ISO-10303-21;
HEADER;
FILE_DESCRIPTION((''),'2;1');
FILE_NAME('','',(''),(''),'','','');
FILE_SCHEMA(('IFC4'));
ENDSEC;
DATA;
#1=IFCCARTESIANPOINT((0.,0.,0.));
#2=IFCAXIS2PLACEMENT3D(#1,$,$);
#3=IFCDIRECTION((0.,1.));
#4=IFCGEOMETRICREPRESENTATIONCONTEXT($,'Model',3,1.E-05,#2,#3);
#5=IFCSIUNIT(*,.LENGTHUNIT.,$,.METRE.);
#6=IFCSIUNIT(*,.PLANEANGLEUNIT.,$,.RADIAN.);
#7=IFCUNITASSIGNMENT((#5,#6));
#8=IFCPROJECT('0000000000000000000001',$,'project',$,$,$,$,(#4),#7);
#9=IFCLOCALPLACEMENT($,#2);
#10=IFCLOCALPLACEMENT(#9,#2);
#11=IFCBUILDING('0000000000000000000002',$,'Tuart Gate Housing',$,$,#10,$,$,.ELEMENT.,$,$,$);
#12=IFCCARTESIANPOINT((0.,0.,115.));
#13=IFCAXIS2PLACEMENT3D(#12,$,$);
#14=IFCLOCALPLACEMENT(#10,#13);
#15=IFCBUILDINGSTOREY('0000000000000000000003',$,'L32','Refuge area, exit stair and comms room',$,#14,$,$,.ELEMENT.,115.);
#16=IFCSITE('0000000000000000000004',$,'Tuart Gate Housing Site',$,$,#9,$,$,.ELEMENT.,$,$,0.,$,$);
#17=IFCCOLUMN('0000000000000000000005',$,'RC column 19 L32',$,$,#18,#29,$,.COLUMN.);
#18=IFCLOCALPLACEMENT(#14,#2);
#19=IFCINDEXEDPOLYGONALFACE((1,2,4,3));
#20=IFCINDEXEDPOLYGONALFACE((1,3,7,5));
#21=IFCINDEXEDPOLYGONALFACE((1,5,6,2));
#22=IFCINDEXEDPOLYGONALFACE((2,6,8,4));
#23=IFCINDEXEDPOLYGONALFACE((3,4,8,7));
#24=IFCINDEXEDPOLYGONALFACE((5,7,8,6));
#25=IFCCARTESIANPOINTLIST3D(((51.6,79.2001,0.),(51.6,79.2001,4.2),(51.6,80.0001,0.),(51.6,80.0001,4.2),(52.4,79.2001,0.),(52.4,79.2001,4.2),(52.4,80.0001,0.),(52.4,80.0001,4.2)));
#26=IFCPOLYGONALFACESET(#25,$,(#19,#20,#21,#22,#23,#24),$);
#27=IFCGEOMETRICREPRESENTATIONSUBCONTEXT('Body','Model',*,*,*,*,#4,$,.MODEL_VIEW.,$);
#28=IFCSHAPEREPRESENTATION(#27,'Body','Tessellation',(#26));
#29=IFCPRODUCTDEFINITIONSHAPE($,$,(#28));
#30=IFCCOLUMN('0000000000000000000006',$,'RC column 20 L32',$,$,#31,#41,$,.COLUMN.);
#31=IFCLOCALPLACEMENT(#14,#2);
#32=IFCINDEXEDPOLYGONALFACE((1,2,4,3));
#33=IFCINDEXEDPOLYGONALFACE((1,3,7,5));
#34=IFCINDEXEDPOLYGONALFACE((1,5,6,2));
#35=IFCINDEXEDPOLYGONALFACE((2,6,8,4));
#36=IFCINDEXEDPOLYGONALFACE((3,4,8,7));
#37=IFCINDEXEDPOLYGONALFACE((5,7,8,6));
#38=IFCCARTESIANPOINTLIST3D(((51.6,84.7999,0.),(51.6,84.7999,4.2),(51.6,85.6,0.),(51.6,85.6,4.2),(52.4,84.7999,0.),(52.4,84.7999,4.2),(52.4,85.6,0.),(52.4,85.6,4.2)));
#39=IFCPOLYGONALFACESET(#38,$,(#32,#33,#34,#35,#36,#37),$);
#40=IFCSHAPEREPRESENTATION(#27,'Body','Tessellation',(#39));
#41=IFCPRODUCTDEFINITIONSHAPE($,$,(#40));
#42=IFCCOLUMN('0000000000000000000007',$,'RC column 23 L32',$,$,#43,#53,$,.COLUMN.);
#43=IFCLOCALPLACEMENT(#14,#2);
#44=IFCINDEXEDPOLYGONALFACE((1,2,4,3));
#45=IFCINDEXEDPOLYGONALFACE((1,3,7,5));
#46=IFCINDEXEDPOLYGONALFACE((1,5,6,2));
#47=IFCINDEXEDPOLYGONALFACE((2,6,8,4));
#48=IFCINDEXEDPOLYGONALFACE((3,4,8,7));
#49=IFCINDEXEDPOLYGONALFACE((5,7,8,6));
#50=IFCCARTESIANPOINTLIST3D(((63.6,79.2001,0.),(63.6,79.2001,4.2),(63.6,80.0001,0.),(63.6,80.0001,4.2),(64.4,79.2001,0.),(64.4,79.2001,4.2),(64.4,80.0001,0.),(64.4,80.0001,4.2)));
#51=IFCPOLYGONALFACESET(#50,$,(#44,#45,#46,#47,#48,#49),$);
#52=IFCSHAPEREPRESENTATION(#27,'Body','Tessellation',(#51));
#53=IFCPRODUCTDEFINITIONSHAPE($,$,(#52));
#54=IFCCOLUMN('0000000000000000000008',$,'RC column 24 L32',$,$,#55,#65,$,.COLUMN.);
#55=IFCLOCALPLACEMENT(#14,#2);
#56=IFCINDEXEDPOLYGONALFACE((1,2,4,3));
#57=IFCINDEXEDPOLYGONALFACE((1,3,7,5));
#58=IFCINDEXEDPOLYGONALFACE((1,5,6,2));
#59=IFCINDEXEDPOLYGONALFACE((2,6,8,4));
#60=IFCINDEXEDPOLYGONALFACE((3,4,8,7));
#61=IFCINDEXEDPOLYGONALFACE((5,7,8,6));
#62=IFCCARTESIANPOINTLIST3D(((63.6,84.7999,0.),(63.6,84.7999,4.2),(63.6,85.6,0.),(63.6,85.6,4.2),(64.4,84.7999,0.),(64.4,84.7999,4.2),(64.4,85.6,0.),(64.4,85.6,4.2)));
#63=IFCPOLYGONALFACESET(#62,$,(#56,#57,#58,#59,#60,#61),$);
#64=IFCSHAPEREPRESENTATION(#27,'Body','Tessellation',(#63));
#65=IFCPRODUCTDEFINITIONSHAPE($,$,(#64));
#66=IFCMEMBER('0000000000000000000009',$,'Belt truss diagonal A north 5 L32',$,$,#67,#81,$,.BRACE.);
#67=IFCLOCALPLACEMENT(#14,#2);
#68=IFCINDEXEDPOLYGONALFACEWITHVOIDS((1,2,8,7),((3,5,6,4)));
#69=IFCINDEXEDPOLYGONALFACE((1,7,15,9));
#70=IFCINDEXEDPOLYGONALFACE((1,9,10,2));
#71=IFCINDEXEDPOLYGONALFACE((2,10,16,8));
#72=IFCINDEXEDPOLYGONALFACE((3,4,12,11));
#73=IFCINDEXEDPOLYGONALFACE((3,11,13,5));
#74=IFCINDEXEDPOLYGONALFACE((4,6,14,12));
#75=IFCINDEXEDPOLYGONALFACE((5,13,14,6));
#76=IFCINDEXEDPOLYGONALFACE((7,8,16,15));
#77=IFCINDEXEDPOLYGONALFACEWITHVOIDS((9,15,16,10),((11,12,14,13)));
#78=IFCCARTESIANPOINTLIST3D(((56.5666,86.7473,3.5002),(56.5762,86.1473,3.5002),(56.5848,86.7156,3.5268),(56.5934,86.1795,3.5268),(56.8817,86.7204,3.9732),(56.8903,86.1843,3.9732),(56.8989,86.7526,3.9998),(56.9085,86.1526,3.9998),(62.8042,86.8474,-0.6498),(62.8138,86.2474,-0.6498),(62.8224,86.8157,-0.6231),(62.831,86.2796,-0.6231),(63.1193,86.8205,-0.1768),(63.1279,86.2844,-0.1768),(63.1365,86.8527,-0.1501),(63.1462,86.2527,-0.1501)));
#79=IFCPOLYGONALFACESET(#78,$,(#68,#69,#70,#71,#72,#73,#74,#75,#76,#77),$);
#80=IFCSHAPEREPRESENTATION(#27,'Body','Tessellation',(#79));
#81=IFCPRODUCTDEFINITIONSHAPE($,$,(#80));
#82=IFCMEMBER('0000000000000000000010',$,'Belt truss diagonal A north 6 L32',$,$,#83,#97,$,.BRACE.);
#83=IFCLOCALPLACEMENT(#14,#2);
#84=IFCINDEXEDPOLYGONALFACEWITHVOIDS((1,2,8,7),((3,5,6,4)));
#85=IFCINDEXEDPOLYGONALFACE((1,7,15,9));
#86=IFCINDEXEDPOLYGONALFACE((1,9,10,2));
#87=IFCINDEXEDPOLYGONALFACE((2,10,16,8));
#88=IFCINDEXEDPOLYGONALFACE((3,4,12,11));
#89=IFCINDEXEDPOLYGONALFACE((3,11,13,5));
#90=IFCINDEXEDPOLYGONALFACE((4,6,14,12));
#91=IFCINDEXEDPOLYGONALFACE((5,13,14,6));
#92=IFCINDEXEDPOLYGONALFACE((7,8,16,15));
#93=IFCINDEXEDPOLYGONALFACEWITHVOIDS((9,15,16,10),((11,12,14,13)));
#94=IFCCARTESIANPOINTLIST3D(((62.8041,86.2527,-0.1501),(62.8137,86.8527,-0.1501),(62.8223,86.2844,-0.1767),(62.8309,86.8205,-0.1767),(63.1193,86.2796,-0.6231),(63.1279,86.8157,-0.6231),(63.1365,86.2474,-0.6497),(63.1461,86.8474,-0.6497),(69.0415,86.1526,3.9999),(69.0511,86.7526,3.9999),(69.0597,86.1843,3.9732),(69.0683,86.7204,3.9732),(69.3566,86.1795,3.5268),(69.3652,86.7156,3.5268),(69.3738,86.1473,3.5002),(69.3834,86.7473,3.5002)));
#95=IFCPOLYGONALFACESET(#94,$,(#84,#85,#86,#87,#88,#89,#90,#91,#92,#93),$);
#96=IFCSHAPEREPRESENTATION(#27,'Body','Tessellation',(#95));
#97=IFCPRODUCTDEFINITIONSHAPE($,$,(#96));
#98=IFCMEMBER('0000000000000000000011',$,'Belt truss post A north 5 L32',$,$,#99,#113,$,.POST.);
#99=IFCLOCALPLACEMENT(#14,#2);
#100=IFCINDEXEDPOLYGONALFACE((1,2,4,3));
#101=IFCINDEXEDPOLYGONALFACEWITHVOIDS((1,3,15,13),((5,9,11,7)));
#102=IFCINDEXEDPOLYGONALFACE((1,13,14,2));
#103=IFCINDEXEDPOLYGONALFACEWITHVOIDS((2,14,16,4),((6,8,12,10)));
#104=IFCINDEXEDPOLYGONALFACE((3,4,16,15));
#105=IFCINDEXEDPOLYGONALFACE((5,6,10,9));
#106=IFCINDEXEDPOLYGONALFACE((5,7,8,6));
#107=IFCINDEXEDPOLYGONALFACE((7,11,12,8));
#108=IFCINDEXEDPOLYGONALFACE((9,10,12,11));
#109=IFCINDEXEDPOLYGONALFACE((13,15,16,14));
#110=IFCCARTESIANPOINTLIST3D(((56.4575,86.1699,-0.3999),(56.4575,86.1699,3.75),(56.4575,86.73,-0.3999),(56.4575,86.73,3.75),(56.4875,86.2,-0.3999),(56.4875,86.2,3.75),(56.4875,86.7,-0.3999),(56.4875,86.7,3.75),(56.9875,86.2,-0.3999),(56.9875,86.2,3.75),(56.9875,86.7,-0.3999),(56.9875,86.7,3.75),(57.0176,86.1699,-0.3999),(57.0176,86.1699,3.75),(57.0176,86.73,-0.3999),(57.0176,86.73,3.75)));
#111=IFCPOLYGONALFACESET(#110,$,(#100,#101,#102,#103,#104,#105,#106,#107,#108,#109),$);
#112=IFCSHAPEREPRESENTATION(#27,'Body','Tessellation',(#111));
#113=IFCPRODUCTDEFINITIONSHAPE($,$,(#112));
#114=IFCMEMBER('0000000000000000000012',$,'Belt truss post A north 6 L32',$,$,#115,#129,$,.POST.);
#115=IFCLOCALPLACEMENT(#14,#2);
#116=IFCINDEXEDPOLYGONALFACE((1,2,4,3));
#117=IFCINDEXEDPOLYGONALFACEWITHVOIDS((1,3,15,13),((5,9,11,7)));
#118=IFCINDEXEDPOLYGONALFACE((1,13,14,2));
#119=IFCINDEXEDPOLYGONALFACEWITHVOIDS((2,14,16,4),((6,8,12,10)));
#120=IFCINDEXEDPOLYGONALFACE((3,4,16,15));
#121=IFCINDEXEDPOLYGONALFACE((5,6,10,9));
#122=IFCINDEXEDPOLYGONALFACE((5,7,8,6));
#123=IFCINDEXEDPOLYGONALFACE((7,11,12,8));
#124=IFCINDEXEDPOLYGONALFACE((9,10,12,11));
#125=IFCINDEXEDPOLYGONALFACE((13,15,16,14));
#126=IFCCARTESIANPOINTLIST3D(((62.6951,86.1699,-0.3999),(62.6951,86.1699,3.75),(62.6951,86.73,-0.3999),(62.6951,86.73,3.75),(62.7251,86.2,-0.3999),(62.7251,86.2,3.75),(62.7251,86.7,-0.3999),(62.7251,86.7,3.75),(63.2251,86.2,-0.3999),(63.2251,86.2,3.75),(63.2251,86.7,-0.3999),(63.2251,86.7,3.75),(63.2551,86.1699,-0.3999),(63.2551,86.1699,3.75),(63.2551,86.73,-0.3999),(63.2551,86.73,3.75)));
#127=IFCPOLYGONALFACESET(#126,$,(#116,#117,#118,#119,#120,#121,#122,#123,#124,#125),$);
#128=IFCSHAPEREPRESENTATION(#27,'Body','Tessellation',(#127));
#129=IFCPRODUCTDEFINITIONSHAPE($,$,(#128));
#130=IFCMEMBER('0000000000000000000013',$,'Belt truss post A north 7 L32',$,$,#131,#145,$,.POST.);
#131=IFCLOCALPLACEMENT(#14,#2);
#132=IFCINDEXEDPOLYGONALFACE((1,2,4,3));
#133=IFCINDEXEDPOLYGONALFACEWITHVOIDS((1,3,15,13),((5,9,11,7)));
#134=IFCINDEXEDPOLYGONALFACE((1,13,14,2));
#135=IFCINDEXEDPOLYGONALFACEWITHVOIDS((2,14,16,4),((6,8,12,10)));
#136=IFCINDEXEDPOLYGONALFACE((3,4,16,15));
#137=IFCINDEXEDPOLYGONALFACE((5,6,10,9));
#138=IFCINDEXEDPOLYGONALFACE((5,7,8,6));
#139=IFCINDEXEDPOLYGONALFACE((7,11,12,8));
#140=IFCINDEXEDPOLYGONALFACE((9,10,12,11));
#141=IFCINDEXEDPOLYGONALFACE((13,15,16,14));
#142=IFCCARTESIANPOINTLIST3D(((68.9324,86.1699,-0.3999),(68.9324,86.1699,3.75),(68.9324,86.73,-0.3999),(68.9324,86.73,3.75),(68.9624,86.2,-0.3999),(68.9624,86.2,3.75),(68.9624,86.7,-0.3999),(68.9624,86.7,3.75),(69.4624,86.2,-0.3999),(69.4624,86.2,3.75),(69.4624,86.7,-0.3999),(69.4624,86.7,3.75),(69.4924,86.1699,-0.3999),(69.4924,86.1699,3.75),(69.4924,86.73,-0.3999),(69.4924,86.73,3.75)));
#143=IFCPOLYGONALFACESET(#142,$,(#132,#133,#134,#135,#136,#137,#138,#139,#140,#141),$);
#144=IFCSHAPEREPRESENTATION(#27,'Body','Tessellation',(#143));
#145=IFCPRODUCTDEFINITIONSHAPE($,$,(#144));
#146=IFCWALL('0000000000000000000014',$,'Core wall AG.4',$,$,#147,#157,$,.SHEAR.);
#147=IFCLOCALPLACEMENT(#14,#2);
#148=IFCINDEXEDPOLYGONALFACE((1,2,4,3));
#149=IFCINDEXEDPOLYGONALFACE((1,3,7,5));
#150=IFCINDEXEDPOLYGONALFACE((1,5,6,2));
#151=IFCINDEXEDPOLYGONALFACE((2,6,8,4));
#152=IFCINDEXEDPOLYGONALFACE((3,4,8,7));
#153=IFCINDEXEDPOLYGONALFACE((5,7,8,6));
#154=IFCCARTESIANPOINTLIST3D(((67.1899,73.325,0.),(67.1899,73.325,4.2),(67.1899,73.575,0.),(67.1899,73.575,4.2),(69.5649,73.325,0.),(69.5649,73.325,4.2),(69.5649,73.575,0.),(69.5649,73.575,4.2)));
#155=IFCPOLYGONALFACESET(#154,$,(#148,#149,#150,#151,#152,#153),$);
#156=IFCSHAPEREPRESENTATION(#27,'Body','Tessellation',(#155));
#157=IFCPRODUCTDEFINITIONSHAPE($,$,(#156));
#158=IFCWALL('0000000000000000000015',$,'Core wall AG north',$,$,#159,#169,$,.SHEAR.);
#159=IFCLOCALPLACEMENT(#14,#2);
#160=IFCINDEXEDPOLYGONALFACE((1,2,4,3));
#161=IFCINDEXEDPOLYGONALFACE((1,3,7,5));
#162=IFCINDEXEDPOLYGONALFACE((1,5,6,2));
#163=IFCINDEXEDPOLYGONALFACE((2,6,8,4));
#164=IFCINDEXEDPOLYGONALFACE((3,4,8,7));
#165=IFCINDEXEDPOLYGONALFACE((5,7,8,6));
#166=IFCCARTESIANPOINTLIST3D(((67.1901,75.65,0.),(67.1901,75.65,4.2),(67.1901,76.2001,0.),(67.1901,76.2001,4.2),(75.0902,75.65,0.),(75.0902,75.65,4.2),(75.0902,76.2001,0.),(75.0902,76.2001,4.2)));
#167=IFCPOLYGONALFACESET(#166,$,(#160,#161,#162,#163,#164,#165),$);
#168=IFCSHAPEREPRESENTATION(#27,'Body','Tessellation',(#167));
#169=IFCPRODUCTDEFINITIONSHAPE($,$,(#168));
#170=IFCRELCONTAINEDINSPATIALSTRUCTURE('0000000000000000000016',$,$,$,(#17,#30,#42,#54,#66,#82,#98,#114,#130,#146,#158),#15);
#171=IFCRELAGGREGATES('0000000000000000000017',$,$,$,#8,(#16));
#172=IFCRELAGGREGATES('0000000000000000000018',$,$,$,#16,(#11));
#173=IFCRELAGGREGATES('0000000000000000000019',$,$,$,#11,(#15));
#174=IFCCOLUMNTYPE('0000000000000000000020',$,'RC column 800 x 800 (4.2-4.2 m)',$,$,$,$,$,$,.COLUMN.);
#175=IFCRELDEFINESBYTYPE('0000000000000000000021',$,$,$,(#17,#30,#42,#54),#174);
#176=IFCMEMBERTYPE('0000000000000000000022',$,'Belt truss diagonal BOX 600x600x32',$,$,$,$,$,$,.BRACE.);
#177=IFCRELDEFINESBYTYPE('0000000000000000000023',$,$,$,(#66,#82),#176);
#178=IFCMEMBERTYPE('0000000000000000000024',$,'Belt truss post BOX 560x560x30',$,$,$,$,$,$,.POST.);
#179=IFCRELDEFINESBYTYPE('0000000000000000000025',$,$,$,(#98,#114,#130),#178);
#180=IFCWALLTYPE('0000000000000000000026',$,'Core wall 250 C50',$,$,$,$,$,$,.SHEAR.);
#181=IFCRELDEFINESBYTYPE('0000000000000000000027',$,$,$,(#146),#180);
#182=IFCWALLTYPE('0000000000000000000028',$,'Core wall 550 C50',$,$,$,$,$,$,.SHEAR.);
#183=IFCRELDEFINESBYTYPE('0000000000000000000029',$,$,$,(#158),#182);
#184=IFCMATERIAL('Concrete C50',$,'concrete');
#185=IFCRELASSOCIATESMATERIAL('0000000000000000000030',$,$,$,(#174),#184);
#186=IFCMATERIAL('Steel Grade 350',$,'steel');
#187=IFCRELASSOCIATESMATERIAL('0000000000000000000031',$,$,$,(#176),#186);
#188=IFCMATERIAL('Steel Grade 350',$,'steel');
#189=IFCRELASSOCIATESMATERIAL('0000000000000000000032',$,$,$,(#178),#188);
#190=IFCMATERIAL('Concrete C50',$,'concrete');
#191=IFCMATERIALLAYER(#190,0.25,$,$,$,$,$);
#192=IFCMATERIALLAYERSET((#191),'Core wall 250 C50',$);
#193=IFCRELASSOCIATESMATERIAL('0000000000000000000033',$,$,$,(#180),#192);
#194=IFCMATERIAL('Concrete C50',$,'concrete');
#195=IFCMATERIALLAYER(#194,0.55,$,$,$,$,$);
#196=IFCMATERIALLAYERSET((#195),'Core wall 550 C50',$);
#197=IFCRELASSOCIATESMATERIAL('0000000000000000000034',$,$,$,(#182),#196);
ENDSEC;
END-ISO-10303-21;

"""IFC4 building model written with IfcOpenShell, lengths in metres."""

from ifc_helpers import new_model, si_unit, direction, frame, frame_2d, origin, origin_2d, place, context, subcontext, project, spatial, rectangle, hollow_rectangle, extrude, material, layer, layer_set, material_profile, profile_set, type_object, element, save


model = new_model("IFC4")

# Units and contexts
model_context = context("Model", 3, precision=1e-05, world=origin(), true_north=direction((0.0, 1.0)))
body_context = subcontext(model_context, "Body", "Model", "MODEL_VIEW")
ifc_project = project(units=[si_unit("LENGTHUNIT", "METRE"), si_unit("PLANEANGLEUNIT", "RADIAN")], contexts=[model_context])

# Site, building, storey
site_placement = place(None, origin())
site = spatial("IfcSite", under=ifc_project, at=site_placement, Name="Tuart Gate Housing Site", CompositionType="ELEMENT", RefElevation=0.0)
building_placement = place(site_placement, origin())
building = spatial("IfcBuilding", under=site, at=building_placement, Name="Tuart Gate Housing", CompositionType="ELEMENT")
storey_placement = place(building_placement, frame((0.0, 0.0, 115.0)))
storey = spatial("IfcBuildingStorey", under=building, at=storey_placement, Name="L32", Description="Refuge area, exit stair and comms room", CompositionType="ELEMENT", Elevation=115.0)

# Columns
ifc_material_1 = material(Name="Concrete C50", Category="concrete")
ifc_material_profile_1 = material_profile(ifc_material_1, rectangle(XDim=0.8, YDim=0.8, at=origin_2d()), Name="RC column 800 x 800 (4.2-4.2 m)")
ifc_profile_set_1 = profile_set([ifc_material_profile_1], Name="Concrete C50")
column_type = type_object("IfcColumnType", Name="RC column 800 x 800 (4.2-4.2 m)", PredefinedType="COLUMN", material=ifc_profile_set_1)
for number, where, z_axis, x_axis, name in (
    (1, (52.0, 79.6001, 0.0), (0.0, 0.0, 1.0), (1.0, 0.0, 0.0), "RC column 19 L32"),
    (2, (52.0, 85.2, 0.0), (0.0, 0.0, 1.0), (1.0, 0.0, 0.0), "RC column 20 L32"),
    (3, (64.0, 79.6001, 0.0), (0.0, 0.0, 1.0), (1.0, 0.0, 0.0), "RC column 23 L32"),
    (4, (64.0, 85.2, 0.0), (0.0, 0.0, 1.0), (1.0, 0.0, 0.0), "RC column 24 L32"),
):
    element("IfcColumn", number, at=place(storey_placement, frame(where, z_axis=z_axis, x_axis=x_axis)), inside=storey, type_object=column_type, Name=name, PredefinedType="COLUMN", context=body_context, shape_type="SweptSolid", body=[
        extrude(rectangle(XDim=0.8, YDim=0.8, at=origin_2d()), origin(), (0.0, 0.0, 1.0), 4.2),
    ])

# Members
ifc_material_2 = material(Name="Steel Grade 350", Category="steel")
ifc_material_profile_2 = material_profile(ifc_material_2, hollow_rectangle(XDim=0.6001, YDim=0.6001, WallThickness=0.032, at=origin_2d()), Name="BOX 600x600x32")
ifc_profile_set_2 = profile_set([ifc_material_profile_2], Name="Steel Grade 350")
member_type_1 = type_object("IfcMemberType", Name="Belt truss diagonal BOX 600x600x32", PredefinedType="BRACE", material=ifc_profile_set_2)
member_1_placement = place(storey_placement, frame((56.7375, 86.45, 3.75), z_axis=(0.832497, 0.01336, -0.553868), x_axis=(-0.016046, 0.999871, 0.0)))
element("IfcMember", 5, at=member_1_placement, inside=storey, type_object=member_type_1, Name="Belt truss diagonal A north 5 L32", PredefinedType="BRACE", context=body_context, shape_type="SweptSolid", body=[
    extrude(hollow_rectangle(XDim=0.6001, YDim=0.6001, WallThickness=0.032, at=origin_2d()), origin(), (0.0, 0.0, 1.0), 7.4927),
])
member_2_placement = place(storey_placement, frame((62.9751, 86.55, -0.3999), z_axis=(0.832487, -0.01336, 0.553883), x_axis=(0.016046, 0.999871, 0.0)))
element("IfcMember", 6, at=member_2_placement, inside=storey, type_object=member_type_1, Name="Belt truss diagonal A north 6 L32", PredefinedType="BRACE", context=body_context, shape_type="SweptSolid", body=[
    extrude(hollow_rectangle(XDim=0.6001, YDim=0.6001, WallThickness=0.032, at=origin_2d()), origin(), (0.0, 0.0, 1.0), 7.4924),
])
ifc_material_3 = material(Name="Steel Grade 350", Category="steel")
ifc_material_profile_3 = material_profile(ifc_material_3, hollow_rectangle(XDim=0.5601, YDim=0.5601, WallThickness=0.03, at=origin_2d()), Name="BOX 560x560x30")
ifc_profile_set_3 = profile_set([ifc_material_profile_3], Name="Steel Grade 350")
member_type_2 = type_object("IfcMemberType", Name="Belt truss post BOX 560x560x30", PredefinedType="POST", material=ifc_profile_set_3)
for number, where, z_axis, x_axis, name in (
    (7, (56.7375, 86.45, -0.3999), (0.0, 0.0, 1.0), (1.0, 0.0, 0.0), "Belt truss post A north 5 L32"),
    (8, (62.9751, 86.45, -0.3999), (0.0, 0.0, 1.0), (1.0, 0.0, 0.0), "Belt truss post A north 6 L32"),
    (9, (69.2124, 86.45, -0.3999), (0.0, 0.0, 1.0), (1.0, 0.0, 0.0), "Belt truss post A north 7 L32"),
):
    element("IfcMember", number, at=place(storey_placement, frame(where, z_axis=z_axis, x_axis=x_axis)), inside=storey, type_object=member_type_2, Name=name, PredefinedType="POST", context=body_context, shape_type="SweptSolid", body=[
        extrude(hollow_rectangle(XDim=0.5601, YDim=0.5601, WallThickness=0.03, at=origin_2d()), origin(), (0.0, 0.0, 1.0), 4.1499),
    ])

# Walls
ifc_material_4 = material(Name="Concrete C50", Category="concrete")
ifc_layer_1 = layer(ifc_material_4, 0.25)
ifc_layer_set_1 = layer_set([ifc_layer_1], Name="Core wall 250 C50")
wall_type_1 = type_object("IfcWallType", Name="Core wall 250 C50", PredefinedType="SHEAR", material=ifc_layer_set_1)
wall_1_placement = place(storey_placement, frame((67.1899, 73.45, 0.0), z_axis=(0.0, 0.0, 1.0), x_axis=(1.0, 0.0, 0.0)))
element("IfcWall", 10, at=wall_1_placement, inside=storey, type_object=wall_type_1, Name="Core wall AG.4", PredefinedType="SHEAR", context=body_context, shape_type="SweptSolid", body=[
    extrude(rectangle(XDim=2.375, YDim=0.25, at=frame_2d((1.1875, 0.0))), origin(), (0.0, 0.0, 1.0), 4.2),
])
ifc_material_5 = material(Name="Concrete C50", Category="concrete")
ifc_layer_2 = layer(ifc_material_5, 0.55)
ifc_layer_set_2 = layer_set([ifc_layer_2], Name="Core wall 550 C50")
wall_type_2 = type_object("IfcWallType", Name="Core wall 550 C50", PredefinedType="SHEAR", material=ifc_layer_set_2)
wall_2_placement = place(storey_placement, frame((67.1899, 75.925, 0.0), z_axis=(0.0, 0.0, 1.0), x_axis=(1.0, 0.0, 0.0)))
element("IfcWall", 11, at=wall_2_placement, inside=storey, type_object=wall_type_2, Name="Core wall AG north", PredefinedType="SHEAR", context=body_context, shape_type="SweptSolid", body=[
    extrude(rectangle(XDim=7.9001, YDim=0.55, at=frame_2d((3.9502, 0.0))), origin(), (0.0, 0.0, 1.0), 4.2),
])

save(model, "model.ifc")
